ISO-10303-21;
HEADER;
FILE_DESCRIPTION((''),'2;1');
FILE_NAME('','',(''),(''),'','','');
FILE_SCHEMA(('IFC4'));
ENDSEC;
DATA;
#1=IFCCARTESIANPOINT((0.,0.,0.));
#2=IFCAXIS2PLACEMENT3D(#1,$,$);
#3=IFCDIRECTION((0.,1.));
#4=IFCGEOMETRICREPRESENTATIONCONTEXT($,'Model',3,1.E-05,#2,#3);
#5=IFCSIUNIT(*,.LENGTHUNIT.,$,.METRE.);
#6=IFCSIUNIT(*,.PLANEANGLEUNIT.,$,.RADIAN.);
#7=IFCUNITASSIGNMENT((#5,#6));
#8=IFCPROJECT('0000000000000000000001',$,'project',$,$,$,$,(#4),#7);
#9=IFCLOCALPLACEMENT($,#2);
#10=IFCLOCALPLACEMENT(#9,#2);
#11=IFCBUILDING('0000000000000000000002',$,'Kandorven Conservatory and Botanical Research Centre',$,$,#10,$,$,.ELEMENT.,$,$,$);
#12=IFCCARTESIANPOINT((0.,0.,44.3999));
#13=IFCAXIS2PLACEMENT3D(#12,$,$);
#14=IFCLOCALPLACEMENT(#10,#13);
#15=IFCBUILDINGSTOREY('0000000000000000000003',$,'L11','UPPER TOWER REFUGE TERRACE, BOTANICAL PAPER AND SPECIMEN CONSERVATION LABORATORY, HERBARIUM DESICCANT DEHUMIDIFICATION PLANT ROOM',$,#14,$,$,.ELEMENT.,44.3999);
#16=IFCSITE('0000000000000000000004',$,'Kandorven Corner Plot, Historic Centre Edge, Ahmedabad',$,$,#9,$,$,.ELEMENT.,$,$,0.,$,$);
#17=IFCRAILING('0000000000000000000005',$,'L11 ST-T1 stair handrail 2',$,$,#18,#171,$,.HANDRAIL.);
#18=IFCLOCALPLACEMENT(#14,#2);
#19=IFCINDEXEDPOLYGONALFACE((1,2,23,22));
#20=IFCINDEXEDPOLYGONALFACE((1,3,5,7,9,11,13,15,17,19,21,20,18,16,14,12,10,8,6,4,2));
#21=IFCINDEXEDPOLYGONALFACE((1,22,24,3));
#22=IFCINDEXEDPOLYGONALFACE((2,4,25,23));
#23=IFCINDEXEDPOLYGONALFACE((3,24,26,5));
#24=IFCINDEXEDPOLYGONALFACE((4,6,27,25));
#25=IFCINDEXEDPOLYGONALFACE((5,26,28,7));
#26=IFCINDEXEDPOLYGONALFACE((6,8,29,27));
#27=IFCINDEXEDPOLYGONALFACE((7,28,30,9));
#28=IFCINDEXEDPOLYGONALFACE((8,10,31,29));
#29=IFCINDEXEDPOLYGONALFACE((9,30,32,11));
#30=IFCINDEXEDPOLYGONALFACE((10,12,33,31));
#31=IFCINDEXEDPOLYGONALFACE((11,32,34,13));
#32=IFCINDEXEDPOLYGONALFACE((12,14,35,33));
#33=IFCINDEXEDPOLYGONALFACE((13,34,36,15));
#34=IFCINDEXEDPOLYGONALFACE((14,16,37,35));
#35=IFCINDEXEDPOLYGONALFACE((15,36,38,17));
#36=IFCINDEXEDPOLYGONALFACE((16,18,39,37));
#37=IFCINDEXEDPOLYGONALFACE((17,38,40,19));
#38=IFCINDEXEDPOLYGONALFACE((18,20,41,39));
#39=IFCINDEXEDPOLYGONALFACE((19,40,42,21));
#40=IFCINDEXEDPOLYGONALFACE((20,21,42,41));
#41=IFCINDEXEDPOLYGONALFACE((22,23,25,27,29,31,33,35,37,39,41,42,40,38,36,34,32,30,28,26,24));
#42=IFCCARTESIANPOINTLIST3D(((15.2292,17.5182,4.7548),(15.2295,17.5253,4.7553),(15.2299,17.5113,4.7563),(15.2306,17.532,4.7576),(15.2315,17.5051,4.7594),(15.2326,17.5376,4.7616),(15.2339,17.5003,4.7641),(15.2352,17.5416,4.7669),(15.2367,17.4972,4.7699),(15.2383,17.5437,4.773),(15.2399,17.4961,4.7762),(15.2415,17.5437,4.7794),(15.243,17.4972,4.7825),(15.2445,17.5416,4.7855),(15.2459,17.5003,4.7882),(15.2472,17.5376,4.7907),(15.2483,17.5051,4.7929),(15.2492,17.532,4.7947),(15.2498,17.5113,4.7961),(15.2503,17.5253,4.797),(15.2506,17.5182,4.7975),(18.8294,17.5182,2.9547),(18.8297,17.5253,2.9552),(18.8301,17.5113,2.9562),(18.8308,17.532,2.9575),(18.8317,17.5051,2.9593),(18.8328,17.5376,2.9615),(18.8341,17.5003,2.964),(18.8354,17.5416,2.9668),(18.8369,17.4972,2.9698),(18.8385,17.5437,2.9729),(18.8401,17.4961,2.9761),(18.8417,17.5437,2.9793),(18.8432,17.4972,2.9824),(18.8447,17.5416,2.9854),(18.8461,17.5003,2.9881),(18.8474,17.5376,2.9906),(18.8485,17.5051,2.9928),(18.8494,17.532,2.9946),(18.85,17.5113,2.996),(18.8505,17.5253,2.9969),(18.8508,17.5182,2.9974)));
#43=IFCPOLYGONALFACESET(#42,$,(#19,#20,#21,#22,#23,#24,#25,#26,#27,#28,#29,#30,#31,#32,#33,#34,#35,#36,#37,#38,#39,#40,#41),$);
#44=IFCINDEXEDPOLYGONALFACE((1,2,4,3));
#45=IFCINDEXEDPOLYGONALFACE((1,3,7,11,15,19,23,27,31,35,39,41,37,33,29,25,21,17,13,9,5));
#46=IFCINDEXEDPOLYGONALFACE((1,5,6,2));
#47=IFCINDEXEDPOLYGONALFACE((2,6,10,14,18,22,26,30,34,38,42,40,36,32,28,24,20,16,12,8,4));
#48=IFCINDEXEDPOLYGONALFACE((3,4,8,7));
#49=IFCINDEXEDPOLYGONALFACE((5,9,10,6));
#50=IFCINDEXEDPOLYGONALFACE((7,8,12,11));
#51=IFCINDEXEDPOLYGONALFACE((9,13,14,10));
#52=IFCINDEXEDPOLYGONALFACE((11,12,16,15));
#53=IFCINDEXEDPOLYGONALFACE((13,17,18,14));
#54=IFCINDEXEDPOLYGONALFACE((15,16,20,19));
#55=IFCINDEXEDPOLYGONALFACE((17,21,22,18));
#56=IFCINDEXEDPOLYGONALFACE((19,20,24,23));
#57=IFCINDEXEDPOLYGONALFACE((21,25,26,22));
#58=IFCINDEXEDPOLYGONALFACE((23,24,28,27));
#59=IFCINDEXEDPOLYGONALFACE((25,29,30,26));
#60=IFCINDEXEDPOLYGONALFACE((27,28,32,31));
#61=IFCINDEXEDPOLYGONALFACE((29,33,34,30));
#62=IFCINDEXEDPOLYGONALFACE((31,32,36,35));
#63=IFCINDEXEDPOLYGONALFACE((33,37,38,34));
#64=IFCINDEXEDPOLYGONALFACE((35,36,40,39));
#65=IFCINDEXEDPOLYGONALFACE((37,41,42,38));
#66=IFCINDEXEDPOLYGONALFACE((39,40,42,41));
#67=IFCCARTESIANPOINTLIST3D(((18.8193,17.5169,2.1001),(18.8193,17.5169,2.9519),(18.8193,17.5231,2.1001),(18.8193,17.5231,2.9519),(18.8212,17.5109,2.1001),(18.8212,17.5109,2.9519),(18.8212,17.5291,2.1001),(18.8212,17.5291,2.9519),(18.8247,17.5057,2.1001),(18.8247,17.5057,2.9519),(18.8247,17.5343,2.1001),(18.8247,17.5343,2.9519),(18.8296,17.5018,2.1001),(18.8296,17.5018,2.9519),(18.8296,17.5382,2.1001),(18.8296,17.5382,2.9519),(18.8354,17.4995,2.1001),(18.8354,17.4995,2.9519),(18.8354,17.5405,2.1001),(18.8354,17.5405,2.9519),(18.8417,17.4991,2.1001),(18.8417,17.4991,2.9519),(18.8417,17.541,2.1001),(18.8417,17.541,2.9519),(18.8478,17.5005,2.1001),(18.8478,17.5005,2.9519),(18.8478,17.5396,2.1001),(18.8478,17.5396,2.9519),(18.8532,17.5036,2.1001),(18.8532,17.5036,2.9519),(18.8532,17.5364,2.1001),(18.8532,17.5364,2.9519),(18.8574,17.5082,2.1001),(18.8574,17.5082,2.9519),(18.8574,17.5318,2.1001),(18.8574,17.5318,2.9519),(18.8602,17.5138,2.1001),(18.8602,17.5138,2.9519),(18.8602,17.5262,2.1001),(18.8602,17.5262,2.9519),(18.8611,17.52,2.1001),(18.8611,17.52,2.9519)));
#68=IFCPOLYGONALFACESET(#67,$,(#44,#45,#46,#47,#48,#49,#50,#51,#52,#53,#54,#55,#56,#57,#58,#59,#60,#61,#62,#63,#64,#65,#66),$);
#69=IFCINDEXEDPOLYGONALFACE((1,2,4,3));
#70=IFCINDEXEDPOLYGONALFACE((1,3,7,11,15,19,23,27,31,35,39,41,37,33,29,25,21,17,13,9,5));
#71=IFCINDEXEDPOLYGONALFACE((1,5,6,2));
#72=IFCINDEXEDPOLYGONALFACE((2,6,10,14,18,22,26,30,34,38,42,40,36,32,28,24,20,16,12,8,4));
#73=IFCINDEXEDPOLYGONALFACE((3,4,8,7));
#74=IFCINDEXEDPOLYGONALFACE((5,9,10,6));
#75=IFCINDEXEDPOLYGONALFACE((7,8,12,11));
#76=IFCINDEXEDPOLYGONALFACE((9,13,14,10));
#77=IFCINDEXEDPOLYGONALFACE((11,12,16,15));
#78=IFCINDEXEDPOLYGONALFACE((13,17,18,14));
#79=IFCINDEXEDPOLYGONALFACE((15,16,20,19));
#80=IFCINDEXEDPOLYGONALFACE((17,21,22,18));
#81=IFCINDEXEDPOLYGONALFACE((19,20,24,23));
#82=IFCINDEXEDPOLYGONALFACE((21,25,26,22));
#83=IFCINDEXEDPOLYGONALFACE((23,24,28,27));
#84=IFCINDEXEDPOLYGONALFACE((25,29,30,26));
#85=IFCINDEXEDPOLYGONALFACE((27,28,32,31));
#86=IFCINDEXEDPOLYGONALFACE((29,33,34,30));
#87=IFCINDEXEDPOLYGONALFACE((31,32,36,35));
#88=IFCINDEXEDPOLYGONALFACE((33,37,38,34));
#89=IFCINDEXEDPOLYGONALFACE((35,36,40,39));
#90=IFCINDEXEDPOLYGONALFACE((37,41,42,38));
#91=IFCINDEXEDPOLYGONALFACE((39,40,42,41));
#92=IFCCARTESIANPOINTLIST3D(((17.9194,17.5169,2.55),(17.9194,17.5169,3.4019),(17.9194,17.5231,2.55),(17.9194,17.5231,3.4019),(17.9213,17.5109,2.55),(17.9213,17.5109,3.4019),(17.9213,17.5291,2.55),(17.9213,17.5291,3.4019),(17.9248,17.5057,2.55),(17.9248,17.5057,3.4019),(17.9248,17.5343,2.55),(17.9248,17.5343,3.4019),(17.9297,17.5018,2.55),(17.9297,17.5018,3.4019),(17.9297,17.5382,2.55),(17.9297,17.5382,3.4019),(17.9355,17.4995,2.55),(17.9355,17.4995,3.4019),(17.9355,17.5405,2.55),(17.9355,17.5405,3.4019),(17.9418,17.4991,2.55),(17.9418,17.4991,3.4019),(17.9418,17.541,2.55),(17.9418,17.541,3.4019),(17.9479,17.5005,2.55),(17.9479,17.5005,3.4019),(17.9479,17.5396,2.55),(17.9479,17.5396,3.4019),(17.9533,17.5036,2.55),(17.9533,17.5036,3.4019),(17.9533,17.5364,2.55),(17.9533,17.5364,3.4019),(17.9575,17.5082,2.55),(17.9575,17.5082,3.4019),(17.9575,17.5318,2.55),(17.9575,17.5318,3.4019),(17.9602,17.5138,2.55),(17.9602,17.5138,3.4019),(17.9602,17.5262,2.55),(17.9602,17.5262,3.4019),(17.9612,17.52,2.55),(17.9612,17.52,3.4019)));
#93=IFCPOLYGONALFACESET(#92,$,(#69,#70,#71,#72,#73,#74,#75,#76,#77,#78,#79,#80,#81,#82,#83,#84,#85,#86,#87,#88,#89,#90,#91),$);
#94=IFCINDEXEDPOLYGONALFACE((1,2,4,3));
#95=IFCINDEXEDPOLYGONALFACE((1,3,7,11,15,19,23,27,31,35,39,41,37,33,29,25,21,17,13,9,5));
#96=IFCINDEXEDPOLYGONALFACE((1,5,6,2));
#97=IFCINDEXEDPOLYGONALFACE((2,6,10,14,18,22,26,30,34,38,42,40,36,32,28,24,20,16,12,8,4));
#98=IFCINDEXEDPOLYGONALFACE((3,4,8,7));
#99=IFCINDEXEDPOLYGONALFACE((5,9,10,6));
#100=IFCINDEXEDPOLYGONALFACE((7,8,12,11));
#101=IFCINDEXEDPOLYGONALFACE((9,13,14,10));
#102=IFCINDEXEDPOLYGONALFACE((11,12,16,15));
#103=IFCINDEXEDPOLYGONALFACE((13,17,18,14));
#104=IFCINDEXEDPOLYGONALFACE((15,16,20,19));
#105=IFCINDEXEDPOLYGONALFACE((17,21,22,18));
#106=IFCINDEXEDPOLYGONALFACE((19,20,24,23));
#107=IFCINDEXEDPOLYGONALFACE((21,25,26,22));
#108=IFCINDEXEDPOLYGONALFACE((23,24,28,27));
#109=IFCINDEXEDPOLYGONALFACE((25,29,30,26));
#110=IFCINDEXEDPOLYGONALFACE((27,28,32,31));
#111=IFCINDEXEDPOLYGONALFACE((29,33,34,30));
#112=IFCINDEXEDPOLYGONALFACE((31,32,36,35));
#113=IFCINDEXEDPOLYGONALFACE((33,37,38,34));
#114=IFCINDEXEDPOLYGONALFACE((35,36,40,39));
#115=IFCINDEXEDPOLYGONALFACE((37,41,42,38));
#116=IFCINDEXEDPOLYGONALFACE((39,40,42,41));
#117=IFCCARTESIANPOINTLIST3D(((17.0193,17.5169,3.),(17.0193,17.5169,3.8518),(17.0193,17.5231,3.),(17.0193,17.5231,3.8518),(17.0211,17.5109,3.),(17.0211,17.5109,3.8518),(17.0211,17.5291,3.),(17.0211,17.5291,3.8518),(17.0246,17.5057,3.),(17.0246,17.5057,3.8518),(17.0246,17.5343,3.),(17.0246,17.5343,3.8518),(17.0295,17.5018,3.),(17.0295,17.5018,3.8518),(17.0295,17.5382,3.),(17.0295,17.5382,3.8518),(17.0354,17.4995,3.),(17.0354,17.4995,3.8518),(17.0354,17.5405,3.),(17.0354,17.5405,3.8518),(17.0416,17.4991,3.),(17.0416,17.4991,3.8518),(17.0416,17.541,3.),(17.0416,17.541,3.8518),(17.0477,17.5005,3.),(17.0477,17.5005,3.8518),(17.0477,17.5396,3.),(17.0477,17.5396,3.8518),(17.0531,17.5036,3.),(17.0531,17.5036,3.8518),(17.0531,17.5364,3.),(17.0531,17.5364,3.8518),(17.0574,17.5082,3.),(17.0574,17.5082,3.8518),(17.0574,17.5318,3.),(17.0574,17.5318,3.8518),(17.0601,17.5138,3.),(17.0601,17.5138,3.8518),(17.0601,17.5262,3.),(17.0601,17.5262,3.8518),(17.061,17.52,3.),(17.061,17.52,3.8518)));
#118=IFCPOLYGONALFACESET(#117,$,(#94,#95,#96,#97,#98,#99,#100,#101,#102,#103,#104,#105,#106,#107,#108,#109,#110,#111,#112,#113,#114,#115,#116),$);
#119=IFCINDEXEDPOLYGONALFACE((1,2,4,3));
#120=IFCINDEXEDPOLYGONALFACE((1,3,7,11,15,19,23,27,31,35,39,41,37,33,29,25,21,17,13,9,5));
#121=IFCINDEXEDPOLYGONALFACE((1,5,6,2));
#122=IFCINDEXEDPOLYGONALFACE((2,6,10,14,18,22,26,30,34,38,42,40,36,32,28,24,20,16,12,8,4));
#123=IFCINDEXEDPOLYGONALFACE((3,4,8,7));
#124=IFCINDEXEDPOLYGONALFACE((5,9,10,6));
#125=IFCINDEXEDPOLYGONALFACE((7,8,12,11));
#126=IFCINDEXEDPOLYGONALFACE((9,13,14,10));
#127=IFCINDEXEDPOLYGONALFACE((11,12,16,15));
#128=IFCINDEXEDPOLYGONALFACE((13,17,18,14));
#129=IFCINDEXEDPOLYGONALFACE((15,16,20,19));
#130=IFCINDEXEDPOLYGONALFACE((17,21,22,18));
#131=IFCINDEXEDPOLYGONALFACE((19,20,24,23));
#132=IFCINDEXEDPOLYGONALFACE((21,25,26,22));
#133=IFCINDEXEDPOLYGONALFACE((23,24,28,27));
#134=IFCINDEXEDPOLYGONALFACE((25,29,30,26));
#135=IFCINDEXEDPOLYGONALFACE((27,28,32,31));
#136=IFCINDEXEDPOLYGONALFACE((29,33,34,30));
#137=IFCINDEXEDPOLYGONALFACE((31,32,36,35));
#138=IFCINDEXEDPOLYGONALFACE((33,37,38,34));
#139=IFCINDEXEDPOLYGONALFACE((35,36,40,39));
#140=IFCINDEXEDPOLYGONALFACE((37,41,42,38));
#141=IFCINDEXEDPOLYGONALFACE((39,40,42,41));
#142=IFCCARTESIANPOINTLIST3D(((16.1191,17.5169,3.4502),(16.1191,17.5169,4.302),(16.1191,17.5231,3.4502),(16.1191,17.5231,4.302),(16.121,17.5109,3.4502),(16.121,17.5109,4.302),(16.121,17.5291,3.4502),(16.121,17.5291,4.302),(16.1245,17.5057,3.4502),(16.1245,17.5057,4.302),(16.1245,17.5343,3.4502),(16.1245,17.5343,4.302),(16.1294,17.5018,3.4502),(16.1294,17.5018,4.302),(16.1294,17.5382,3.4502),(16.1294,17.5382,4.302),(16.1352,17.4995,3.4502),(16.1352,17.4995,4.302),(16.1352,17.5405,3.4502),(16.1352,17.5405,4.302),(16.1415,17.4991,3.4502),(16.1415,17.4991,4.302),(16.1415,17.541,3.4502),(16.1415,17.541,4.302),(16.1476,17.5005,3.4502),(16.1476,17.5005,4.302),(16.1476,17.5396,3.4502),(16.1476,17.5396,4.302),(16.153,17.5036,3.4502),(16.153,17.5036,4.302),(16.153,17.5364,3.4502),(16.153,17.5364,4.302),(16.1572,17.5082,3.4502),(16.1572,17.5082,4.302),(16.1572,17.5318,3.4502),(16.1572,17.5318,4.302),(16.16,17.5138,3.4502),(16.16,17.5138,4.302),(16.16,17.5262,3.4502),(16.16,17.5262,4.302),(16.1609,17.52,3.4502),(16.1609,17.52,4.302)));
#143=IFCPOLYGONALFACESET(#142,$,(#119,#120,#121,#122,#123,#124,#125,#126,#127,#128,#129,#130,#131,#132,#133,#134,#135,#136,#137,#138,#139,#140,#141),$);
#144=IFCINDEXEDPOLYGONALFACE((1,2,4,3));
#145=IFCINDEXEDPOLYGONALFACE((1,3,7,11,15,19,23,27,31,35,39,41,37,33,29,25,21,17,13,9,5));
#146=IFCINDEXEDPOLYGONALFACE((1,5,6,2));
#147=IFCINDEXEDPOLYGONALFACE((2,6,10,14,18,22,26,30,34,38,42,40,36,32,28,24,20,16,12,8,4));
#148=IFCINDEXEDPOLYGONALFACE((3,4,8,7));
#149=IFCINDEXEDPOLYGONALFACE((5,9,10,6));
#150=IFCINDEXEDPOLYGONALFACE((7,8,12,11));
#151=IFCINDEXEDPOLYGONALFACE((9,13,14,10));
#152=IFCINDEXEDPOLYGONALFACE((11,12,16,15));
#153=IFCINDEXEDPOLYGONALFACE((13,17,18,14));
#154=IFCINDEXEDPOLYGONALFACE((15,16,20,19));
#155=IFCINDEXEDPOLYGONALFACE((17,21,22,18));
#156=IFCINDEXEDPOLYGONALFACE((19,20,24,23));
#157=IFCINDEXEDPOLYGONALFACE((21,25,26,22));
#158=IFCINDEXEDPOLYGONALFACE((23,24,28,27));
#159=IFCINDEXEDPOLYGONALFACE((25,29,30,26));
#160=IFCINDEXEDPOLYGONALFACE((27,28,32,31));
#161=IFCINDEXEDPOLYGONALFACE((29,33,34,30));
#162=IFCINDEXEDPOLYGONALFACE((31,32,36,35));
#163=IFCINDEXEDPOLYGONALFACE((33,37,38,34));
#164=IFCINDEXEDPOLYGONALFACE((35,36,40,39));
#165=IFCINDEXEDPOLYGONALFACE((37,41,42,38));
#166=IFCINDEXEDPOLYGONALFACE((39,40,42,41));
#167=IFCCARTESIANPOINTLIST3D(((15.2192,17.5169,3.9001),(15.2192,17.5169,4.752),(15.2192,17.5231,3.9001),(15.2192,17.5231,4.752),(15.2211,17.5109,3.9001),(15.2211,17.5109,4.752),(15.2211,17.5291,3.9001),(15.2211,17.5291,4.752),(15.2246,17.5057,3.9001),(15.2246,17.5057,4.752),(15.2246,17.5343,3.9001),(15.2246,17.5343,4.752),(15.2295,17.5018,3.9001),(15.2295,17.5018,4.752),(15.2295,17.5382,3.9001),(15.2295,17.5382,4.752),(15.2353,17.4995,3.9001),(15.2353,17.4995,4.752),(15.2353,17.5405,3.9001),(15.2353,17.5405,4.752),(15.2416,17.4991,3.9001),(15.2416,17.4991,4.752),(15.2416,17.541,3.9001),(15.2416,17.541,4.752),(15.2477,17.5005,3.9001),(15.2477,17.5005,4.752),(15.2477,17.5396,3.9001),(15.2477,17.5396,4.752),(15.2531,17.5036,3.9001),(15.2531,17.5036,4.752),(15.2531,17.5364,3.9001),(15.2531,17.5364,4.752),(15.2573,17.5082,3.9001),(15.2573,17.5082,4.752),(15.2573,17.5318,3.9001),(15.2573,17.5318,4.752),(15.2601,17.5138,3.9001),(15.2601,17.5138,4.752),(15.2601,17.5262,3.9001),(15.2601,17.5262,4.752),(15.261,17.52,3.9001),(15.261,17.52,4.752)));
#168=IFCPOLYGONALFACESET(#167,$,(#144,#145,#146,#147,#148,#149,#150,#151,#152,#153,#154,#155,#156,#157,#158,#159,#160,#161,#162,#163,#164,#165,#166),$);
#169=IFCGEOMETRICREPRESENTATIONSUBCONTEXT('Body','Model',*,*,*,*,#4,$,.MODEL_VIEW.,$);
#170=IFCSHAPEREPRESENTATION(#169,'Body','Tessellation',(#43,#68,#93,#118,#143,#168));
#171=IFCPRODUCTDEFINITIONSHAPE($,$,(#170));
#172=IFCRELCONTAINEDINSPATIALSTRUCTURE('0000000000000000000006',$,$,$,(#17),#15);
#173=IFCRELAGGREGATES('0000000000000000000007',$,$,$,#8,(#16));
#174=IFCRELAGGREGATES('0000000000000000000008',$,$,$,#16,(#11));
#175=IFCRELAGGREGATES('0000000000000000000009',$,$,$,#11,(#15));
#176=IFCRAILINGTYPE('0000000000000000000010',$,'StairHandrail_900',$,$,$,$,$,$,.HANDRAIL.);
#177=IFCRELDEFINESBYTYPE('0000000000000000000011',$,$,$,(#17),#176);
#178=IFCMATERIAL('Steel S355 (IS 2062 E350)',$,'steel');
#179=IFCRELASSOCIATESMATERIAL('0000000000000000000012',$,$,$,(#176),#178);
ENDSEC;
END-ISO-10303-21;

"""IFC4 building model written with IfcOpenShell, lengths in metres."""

from ifc_helpers import new_model, si_unit, direction, frame, origin, origin_2d, place, context, subcontext, project, spatial, circle, extrude, material, type_object, element, save


model = new_model("IFC4")

# Units and contexts
model_context = context("Model", 3, precision=1e-05, world=origin(), true_north=direction((0.0, 1.0)))
body_context = subcontext(model_context, "Body", "Model", "MODEL_VIEW")
ifc_project = project(units=[si_unit("LENGTHUNIT", "METRE"), si_unit("PLANEANGLEUNIT", "RADIAN")], contexts=[model_context])

# Site, building, storey
site_placement = place(None, origin())
site = spatial("IfcSite", under=ifc_project, at=site_placement, Name="Kandorven Corner Plot, Historic Centre Edge, Ahmedabad", CompositionType="ELEMENT", RefElevation=0.0)
building_placement = place(site_placement, origin())
building = spatial("IfcBuilding", under=site, at=building_placement, Name="Kandorven Conservatory and Botanical Research Centre", CompositionType="ELEMENT")
storey_placement = place(building_placement, frame((0.0, 0.0, 44.3999)))
storey = spatial("IfcBuildingStorey", under=building, at=storey_placement, Name="L11", Description="UPPER TOWER REFUGE TERRACE, BOTANICAL PAPER AND SPECIMEN CONSERVATION LABORATORY, HERBARIUM DESICCANT DEHUMIDIFICATION PLANT ROOM", CompositionType="ELEMENT", Elevation=44.3999)

# Railing
ifc_material_1 = material(Name="Steel S355 (IS 2062 E350)", Category="steel")
railing_type_1 = type_object("IfcRailingType", Name="StairHandrail_900", PredefinedType="HANDRAIL", material=ifc_material_1)
railing_1_placement = place(storey_placement, frame((18.8401, 17.52, 2.1001)))
element("IfcRailing", 1, at=railing_1_placement, inside=storey, type_object=railing_type_1, Name="L11 ST-T1 stair handrail 2", PredefinedType="HANDRAIL", context=body_context, shape_type="SweptSolid", body=[
    extrude(circle(Radius=0.0239, at=origin_2d()), frame((0.0, 0.0, 0.876), z_axis=(-0.894427, 0.0, 0.447214), x_axis=(0.0, -1.0, 0.0)), (0.0, 0.0, 1.0), 4.0251),
    extrude(circle(Radius=0.021, at=origin_2d()), origin(), (0.0, 0.0, 1.0), 0.8518),
    extrude(circle(Radius=0.021, at=origin_2d()), frame((-0.8999, 0.0, 0.45)), (0.0, 0.0, 1.0), 0.8518),
    extrude(circle(Radius=0.021, at=origin_2d()), frame((-1.8, 0.0, 0.8999)), (0.0, 0.0, 1.0), 0.8518),
    extrude(circle(Radius=0.021, at=origin_2d()), frame((-2.7002, 0.0, 1.3501)), (0.0, 0.0, 1.0), 0.8518),
    extrude(circle(Radius=0.021, at=origin_2d()), frame((-3.6001, 0.0, 1.8)), (0.0, 0.0, 1.0), 0.8518),
])

save(model, "model.ifc")
